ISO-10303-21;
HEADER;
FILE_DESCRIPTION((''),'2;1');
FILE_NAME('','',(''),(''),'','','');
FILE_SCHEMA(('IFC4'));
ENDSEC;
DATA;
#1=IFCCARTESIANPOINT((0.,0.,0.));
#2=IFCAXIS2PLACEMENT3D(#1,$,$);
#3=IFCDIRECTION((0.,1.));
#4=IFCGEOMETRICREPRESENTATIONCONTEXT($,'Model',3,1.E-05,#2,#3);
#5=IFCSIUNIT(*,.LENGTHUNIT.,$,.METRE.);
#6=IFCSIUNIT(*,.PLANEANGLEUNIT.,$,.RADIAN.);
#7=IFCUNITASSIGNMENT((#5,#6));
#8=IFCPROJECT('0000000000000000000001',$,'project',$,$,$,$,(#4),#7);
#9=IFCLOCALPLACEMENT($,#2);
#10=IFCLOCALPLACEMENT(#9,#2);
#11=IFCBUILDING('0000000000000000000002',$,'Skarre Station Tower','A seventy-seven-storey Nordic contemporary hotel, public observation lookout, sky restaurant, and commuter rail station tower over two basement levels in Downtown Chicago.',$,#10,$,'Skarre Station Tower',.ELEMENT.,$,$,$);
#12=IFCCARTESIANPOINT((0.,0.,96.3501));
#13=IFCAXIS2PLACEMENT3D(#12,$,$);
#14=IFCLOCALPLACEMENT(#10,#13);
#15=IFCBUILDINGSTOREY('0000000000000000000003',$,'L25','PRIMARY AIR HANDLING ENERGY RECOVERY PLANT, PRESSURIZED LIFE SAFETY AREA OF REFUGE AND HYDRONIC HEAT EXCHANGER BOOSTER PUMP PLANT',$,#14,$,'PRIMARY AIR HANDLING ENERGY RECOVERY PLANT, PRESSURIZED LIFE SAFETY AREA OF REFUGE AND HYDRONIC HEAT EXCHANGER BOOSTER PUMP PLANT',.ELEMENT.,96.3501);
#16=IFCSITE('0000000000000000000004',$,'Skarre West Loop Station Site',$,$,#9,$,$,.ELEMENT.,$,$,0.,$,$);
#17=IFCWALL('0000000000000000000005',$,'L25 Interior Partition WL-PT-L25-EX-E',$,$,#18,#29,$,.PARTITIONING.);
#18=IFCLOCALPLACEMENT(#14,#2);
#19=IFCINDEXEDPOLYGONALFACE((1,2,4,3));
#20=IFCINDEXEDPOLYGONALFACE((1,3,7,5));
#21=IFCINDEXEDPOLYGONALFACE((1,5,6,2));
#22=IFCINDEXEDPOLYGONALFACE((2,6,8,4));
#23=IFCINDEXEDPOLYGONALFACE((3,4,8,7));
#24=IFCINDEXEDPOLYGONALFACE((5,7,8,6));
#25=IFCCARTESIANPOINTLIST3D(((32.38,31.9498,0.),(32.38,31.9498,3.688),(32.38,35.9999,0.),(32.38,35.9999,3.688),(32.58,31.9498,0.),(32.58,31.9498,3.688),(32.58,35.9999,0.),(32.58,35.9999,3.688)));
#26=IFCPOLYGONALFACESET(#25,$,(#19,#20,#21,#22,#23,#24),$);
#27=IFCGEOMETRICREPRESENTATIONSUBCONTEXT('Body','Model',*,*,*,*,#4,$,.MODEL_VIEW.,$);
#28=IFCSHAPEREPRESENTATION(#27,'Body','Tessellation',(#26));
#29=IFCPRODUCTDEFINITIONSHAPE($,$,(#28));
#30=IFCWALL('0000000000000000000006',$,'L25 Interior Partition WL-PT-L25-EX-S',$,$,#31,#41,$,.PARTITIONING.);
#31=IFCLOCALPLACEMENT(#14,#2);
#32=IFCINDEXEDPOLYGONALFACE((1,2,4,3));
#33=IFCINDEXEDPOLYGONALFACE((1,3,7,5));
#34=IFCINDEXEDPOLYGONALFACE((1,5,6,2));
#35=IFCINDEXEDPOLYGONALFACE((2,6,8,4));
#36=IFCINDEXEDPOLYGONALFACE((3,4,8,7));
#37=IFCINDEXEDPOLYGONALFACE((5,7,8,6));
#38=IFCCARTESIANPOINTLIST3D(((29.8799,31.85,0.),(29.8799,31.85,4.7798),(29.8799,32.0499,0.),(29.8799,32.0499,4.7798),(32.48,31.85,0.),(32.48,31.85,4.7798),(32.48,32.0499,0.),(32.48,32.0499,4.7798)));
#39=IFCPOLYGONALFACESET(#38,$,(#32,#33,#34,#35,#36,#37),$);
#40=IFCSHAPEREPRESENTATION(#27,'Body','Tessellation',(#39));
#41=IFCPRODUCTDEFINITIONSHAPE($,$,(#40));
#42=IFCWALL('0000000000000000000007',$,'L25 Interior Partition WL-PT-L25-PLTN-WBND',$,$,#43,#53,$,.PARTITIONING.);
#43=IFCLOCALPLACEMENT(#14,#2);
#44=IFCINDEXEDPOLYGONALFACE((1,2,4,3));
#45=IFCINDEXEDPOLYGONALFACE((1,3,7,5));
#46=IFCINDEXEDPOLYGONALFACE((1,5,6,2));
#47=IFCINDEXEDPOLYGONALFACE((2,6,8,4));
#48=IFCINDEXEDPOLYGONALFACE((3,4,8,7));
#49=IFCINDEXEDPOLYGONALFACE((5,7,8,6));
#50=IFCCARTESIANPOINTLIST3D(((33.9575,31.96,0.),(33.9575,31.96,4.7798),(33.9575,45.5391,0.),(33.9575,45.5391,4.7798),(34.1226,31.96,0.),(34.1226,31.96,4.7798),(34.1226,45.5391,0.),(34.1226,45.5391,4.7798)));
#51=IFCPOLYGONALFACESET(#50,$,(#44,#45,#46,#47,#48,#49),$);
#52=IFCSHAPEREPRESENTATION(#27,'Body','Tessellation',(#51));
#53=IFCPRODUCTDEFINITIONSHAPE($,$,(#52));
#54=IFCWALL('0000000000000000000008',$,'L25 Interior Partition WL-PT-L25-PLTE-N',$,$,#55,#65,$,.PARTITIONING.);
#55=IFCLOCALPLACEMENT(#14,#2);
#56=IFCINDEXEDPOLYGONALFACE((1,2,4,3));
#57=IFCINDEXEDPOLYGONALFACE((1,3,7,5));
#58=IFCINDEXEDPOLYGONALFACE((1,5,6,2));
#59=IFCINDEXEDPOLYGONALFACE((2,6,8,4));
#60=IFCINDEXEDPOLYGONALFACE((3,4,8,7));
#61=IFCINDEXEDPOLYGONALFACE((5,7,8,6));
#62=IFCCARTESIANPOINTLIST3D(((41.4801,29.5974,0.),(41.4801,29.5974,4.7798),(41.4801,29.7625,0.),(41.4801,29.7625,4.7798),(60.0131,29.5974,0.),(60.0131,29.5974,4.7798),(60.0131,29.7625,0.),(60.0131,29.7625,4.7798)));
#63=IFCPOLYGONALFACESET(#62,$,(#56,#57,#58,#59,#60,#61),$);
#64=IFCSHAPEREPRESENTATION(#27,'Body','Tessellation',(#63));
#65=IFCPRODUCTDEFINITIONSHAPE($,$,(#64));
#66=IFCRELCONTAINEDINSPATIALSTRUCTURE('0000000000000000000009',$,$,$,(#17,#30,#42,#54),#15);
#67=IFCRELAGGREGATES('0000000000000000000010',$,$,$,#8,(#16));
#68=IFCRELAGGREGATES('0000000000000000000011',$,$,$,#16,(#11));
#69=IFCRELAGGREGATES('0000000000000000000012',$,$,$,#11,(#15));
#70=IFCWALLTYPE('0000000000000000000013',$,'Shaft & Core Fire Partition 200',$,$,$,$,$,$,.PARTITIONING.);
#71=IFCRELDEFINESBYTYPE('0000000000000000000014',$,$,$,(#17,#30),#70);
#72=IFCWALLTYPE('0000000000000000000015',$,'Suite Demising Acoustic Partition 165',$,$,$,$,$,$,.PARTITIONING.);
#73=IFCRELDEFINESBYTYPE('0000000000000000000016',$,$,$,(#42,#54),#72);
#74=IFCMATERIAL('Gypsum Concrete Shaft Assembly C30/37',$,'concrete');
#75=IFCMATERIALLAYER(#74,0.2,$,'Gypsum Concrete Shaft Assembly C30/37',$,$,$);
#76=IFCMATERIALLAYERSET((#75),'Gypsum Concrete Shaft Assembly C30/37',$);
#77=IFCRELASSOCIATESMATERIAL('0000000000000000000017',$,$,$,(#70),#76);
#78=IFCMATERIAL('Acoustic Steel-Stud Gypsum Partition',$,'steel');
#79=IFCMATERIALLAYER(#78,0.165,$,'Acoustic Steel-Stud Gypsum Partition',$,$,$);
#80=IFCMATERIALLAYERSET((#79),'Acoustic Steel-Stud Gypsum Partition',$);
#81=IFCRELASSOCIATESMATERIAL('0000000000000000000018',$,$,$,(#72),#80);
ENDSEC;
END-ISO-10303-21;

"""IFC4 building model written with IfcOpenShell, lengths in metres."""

from ifc_helpers import new_model, si_unit, direction, frame, frame_2d, origin, place, context, subcontext, project, spatial, rectangle, extrude, material, layer, layer_set, type_object, element, save


model = new_model("IFC4")

# Units and contexts
model_context = context("Model", 3, precision=1e-05, world=origin(), true_north=direction((0.0, 1.0)))
body_context = subcontext(model_context, "Body", "Model", "MODEL_VIEW")
ifc_project = project(units=[si_unit("LENGTHUNIT", "METRE"), si_unit("PLANEANGLEUNIT", "RADIAN")], contexts=[model_context])

# Site, building, storey
site_placement = place(None, origin())
site = spatial("IfcSite", under=ifc_project, at=site_placement, Name="Skarre West Loop Station Site", CompositionType="ELEMENT", RefElevation=0.0)
building_placement = place(site_placement, origin())
building = spatial("IfcBuilding", under=site, at=building_placement, Name="Skarre Station Tower", Description="A seventy-seven-storey Nordic contemporary hotel, public observation lookout, sky restaurant, and commuter rail station tower over two basement levels in Downtown Chicago.", LongName="Skarre Station Tower", CompositionType="ELEMENT")
storey_placement = place(building_placement, frame((0.0, 0.0, 96.3501)))
storey = spatial("IfcBuildingStorey", under=building, at=storey_placement, Name="L25", Description="PRIMARY AIR HANDLING ENERGY RECOVERY PLANT, PRESSURIZED LIFE SAFETY AREA OF REFUGE AND HYDRONIC HEAT EXCHANGER BOOSTER PUMP PLANT", LongName="PRIMARY AIR HANDLING ENERGY RECOVERY PLANT, PRESSURIZED LIFE SAFETY AREA OF REFUGE AND HYDRONIC HEAT EXCHANGER BOOSTER PUMP PLANT", CompositionType="ELEMENT", Elevation=96.3501)

# Shared definitions
ifc_material_1 = material(Name="Acoustic Steel-Stud Gypsum Partition", Category="steel")

# Walls
ifc_material_2 = material(Name="Gypsum Concrete Shaft Assembly C30/37", Category="concrete")
ifc_layer_1 = layer(ifc_material_2, 0.2, Name="Gypsum Concrete Shaft Assembly C30/37")
ifc_layer_set_1 = layer_set([ifc_layer_1], Name="Gypsum Concrete Shaft Assembly C30/37")
wall_type_1 = type_object("IfcWallType", Name="Shaft & Core Fire Partition 200", PredefinedType="PARTITIONING", material=ifc_layer_set_1)
wall_1_placement = place(storey_placement, frame((32.48, 31.95, 0.0), z_axis=(0.0, 0.0, 1.0), x_axis=(0.0, 1.0, 0.0)))
element("IfcWall", 1, at=wall_1_placement, inside=storey, type_object=wall_type_1, Name="L25 Interior Partition WL-PT-L25-EX-E", PredefinedType="PARTITIONING", context=body_context, shape_type="SweptSolid", body=[
    extrude(rectangle(XDim=4.05, YDim=0.2, at=frame_2d((2.0249, 0.0))), origin(), (0.0, 0.0, 1.0), 3.688),
])
wall_2_placement = place(storey_placement, frame((32.48, 31.95, 0.0), z_axis=(0.0, 0.0, 1.0), x_axis=(-1.0, 0.0, 0.0)))
element("IfcWall", 2, at=wall_2_placement, inside=storey, type_object=wall_type_1, Name="L25 Interior Partition WL-PT-L25-EX-S", PredefinedType="PARTITIONING", context=body_context, shape_type="SweptSolid", body=[
    extrude(rectangle(XDim=2.6001, YDim=0.2, at=frame_2d((1.3, 0.0))), origin(), (0.0, 0.0, 1.0), 4.7798),
])
ifc_layer_2 = layer(ifc_material_1, 0.165, Name="Acoustic Steel-Stud Gypsum Partition")
ifc_layer_set_2 = layer_set([ifc_layer_2], Name="Acoustic Steel-Stud Gypsum Partition")
wall_type_2 = type_object("IfcWallType", Name="Suite Demising Acoustic Partition 165", PredefinedType="PARTITIONING", material=ifc_layer_set_2)
wall_3_placement = place(storey_placement, frame((34.04, 31.96, 0.0), z_axis=(0.0, 0.0, 1.0), x_axis=(0.0, 1.0, 0.0)))
element("IfcWall", 3, at=wall_3_placement, inside=storey, type_object=wall_type_2, Name="L25 Interior Partition WL-PT-L25-PLTN-WBND", PredefinedType="PARTITIONING", context=body_context, shape_type="SweptSolid", body=[
    extrude(rectangle(XDim=13.5791, YDim=0.165, at=frame_2d((6.7896, 0.0))), origin(), (0.0, 0.0, 1.0), 4.7798),
])
wall_4_placement = place(storey_placement, frame((41.48, 29.6799, 0.0), z_axis=(0.0, 0.0, 1.0), x_axis=(1.0, 0.0, 0.0)))
element("IfcWall", 4, at=wall_4_placement, inside=storey, type_object=wall_type_2, Name="L25 Interior Partition WL-PT-L25-PLTE-N", PredefinedType="PARTITIONING", context=body_context, shape_type="SweptSolid", body=[
    extrude(rectangle(XDim=18.533, YDim=0.165, at=frame_2d((9.2666, 0.0))), origin(), (0.0, 0.0, 1.0), 4.7798),
])

save(model, "model.ifc")
